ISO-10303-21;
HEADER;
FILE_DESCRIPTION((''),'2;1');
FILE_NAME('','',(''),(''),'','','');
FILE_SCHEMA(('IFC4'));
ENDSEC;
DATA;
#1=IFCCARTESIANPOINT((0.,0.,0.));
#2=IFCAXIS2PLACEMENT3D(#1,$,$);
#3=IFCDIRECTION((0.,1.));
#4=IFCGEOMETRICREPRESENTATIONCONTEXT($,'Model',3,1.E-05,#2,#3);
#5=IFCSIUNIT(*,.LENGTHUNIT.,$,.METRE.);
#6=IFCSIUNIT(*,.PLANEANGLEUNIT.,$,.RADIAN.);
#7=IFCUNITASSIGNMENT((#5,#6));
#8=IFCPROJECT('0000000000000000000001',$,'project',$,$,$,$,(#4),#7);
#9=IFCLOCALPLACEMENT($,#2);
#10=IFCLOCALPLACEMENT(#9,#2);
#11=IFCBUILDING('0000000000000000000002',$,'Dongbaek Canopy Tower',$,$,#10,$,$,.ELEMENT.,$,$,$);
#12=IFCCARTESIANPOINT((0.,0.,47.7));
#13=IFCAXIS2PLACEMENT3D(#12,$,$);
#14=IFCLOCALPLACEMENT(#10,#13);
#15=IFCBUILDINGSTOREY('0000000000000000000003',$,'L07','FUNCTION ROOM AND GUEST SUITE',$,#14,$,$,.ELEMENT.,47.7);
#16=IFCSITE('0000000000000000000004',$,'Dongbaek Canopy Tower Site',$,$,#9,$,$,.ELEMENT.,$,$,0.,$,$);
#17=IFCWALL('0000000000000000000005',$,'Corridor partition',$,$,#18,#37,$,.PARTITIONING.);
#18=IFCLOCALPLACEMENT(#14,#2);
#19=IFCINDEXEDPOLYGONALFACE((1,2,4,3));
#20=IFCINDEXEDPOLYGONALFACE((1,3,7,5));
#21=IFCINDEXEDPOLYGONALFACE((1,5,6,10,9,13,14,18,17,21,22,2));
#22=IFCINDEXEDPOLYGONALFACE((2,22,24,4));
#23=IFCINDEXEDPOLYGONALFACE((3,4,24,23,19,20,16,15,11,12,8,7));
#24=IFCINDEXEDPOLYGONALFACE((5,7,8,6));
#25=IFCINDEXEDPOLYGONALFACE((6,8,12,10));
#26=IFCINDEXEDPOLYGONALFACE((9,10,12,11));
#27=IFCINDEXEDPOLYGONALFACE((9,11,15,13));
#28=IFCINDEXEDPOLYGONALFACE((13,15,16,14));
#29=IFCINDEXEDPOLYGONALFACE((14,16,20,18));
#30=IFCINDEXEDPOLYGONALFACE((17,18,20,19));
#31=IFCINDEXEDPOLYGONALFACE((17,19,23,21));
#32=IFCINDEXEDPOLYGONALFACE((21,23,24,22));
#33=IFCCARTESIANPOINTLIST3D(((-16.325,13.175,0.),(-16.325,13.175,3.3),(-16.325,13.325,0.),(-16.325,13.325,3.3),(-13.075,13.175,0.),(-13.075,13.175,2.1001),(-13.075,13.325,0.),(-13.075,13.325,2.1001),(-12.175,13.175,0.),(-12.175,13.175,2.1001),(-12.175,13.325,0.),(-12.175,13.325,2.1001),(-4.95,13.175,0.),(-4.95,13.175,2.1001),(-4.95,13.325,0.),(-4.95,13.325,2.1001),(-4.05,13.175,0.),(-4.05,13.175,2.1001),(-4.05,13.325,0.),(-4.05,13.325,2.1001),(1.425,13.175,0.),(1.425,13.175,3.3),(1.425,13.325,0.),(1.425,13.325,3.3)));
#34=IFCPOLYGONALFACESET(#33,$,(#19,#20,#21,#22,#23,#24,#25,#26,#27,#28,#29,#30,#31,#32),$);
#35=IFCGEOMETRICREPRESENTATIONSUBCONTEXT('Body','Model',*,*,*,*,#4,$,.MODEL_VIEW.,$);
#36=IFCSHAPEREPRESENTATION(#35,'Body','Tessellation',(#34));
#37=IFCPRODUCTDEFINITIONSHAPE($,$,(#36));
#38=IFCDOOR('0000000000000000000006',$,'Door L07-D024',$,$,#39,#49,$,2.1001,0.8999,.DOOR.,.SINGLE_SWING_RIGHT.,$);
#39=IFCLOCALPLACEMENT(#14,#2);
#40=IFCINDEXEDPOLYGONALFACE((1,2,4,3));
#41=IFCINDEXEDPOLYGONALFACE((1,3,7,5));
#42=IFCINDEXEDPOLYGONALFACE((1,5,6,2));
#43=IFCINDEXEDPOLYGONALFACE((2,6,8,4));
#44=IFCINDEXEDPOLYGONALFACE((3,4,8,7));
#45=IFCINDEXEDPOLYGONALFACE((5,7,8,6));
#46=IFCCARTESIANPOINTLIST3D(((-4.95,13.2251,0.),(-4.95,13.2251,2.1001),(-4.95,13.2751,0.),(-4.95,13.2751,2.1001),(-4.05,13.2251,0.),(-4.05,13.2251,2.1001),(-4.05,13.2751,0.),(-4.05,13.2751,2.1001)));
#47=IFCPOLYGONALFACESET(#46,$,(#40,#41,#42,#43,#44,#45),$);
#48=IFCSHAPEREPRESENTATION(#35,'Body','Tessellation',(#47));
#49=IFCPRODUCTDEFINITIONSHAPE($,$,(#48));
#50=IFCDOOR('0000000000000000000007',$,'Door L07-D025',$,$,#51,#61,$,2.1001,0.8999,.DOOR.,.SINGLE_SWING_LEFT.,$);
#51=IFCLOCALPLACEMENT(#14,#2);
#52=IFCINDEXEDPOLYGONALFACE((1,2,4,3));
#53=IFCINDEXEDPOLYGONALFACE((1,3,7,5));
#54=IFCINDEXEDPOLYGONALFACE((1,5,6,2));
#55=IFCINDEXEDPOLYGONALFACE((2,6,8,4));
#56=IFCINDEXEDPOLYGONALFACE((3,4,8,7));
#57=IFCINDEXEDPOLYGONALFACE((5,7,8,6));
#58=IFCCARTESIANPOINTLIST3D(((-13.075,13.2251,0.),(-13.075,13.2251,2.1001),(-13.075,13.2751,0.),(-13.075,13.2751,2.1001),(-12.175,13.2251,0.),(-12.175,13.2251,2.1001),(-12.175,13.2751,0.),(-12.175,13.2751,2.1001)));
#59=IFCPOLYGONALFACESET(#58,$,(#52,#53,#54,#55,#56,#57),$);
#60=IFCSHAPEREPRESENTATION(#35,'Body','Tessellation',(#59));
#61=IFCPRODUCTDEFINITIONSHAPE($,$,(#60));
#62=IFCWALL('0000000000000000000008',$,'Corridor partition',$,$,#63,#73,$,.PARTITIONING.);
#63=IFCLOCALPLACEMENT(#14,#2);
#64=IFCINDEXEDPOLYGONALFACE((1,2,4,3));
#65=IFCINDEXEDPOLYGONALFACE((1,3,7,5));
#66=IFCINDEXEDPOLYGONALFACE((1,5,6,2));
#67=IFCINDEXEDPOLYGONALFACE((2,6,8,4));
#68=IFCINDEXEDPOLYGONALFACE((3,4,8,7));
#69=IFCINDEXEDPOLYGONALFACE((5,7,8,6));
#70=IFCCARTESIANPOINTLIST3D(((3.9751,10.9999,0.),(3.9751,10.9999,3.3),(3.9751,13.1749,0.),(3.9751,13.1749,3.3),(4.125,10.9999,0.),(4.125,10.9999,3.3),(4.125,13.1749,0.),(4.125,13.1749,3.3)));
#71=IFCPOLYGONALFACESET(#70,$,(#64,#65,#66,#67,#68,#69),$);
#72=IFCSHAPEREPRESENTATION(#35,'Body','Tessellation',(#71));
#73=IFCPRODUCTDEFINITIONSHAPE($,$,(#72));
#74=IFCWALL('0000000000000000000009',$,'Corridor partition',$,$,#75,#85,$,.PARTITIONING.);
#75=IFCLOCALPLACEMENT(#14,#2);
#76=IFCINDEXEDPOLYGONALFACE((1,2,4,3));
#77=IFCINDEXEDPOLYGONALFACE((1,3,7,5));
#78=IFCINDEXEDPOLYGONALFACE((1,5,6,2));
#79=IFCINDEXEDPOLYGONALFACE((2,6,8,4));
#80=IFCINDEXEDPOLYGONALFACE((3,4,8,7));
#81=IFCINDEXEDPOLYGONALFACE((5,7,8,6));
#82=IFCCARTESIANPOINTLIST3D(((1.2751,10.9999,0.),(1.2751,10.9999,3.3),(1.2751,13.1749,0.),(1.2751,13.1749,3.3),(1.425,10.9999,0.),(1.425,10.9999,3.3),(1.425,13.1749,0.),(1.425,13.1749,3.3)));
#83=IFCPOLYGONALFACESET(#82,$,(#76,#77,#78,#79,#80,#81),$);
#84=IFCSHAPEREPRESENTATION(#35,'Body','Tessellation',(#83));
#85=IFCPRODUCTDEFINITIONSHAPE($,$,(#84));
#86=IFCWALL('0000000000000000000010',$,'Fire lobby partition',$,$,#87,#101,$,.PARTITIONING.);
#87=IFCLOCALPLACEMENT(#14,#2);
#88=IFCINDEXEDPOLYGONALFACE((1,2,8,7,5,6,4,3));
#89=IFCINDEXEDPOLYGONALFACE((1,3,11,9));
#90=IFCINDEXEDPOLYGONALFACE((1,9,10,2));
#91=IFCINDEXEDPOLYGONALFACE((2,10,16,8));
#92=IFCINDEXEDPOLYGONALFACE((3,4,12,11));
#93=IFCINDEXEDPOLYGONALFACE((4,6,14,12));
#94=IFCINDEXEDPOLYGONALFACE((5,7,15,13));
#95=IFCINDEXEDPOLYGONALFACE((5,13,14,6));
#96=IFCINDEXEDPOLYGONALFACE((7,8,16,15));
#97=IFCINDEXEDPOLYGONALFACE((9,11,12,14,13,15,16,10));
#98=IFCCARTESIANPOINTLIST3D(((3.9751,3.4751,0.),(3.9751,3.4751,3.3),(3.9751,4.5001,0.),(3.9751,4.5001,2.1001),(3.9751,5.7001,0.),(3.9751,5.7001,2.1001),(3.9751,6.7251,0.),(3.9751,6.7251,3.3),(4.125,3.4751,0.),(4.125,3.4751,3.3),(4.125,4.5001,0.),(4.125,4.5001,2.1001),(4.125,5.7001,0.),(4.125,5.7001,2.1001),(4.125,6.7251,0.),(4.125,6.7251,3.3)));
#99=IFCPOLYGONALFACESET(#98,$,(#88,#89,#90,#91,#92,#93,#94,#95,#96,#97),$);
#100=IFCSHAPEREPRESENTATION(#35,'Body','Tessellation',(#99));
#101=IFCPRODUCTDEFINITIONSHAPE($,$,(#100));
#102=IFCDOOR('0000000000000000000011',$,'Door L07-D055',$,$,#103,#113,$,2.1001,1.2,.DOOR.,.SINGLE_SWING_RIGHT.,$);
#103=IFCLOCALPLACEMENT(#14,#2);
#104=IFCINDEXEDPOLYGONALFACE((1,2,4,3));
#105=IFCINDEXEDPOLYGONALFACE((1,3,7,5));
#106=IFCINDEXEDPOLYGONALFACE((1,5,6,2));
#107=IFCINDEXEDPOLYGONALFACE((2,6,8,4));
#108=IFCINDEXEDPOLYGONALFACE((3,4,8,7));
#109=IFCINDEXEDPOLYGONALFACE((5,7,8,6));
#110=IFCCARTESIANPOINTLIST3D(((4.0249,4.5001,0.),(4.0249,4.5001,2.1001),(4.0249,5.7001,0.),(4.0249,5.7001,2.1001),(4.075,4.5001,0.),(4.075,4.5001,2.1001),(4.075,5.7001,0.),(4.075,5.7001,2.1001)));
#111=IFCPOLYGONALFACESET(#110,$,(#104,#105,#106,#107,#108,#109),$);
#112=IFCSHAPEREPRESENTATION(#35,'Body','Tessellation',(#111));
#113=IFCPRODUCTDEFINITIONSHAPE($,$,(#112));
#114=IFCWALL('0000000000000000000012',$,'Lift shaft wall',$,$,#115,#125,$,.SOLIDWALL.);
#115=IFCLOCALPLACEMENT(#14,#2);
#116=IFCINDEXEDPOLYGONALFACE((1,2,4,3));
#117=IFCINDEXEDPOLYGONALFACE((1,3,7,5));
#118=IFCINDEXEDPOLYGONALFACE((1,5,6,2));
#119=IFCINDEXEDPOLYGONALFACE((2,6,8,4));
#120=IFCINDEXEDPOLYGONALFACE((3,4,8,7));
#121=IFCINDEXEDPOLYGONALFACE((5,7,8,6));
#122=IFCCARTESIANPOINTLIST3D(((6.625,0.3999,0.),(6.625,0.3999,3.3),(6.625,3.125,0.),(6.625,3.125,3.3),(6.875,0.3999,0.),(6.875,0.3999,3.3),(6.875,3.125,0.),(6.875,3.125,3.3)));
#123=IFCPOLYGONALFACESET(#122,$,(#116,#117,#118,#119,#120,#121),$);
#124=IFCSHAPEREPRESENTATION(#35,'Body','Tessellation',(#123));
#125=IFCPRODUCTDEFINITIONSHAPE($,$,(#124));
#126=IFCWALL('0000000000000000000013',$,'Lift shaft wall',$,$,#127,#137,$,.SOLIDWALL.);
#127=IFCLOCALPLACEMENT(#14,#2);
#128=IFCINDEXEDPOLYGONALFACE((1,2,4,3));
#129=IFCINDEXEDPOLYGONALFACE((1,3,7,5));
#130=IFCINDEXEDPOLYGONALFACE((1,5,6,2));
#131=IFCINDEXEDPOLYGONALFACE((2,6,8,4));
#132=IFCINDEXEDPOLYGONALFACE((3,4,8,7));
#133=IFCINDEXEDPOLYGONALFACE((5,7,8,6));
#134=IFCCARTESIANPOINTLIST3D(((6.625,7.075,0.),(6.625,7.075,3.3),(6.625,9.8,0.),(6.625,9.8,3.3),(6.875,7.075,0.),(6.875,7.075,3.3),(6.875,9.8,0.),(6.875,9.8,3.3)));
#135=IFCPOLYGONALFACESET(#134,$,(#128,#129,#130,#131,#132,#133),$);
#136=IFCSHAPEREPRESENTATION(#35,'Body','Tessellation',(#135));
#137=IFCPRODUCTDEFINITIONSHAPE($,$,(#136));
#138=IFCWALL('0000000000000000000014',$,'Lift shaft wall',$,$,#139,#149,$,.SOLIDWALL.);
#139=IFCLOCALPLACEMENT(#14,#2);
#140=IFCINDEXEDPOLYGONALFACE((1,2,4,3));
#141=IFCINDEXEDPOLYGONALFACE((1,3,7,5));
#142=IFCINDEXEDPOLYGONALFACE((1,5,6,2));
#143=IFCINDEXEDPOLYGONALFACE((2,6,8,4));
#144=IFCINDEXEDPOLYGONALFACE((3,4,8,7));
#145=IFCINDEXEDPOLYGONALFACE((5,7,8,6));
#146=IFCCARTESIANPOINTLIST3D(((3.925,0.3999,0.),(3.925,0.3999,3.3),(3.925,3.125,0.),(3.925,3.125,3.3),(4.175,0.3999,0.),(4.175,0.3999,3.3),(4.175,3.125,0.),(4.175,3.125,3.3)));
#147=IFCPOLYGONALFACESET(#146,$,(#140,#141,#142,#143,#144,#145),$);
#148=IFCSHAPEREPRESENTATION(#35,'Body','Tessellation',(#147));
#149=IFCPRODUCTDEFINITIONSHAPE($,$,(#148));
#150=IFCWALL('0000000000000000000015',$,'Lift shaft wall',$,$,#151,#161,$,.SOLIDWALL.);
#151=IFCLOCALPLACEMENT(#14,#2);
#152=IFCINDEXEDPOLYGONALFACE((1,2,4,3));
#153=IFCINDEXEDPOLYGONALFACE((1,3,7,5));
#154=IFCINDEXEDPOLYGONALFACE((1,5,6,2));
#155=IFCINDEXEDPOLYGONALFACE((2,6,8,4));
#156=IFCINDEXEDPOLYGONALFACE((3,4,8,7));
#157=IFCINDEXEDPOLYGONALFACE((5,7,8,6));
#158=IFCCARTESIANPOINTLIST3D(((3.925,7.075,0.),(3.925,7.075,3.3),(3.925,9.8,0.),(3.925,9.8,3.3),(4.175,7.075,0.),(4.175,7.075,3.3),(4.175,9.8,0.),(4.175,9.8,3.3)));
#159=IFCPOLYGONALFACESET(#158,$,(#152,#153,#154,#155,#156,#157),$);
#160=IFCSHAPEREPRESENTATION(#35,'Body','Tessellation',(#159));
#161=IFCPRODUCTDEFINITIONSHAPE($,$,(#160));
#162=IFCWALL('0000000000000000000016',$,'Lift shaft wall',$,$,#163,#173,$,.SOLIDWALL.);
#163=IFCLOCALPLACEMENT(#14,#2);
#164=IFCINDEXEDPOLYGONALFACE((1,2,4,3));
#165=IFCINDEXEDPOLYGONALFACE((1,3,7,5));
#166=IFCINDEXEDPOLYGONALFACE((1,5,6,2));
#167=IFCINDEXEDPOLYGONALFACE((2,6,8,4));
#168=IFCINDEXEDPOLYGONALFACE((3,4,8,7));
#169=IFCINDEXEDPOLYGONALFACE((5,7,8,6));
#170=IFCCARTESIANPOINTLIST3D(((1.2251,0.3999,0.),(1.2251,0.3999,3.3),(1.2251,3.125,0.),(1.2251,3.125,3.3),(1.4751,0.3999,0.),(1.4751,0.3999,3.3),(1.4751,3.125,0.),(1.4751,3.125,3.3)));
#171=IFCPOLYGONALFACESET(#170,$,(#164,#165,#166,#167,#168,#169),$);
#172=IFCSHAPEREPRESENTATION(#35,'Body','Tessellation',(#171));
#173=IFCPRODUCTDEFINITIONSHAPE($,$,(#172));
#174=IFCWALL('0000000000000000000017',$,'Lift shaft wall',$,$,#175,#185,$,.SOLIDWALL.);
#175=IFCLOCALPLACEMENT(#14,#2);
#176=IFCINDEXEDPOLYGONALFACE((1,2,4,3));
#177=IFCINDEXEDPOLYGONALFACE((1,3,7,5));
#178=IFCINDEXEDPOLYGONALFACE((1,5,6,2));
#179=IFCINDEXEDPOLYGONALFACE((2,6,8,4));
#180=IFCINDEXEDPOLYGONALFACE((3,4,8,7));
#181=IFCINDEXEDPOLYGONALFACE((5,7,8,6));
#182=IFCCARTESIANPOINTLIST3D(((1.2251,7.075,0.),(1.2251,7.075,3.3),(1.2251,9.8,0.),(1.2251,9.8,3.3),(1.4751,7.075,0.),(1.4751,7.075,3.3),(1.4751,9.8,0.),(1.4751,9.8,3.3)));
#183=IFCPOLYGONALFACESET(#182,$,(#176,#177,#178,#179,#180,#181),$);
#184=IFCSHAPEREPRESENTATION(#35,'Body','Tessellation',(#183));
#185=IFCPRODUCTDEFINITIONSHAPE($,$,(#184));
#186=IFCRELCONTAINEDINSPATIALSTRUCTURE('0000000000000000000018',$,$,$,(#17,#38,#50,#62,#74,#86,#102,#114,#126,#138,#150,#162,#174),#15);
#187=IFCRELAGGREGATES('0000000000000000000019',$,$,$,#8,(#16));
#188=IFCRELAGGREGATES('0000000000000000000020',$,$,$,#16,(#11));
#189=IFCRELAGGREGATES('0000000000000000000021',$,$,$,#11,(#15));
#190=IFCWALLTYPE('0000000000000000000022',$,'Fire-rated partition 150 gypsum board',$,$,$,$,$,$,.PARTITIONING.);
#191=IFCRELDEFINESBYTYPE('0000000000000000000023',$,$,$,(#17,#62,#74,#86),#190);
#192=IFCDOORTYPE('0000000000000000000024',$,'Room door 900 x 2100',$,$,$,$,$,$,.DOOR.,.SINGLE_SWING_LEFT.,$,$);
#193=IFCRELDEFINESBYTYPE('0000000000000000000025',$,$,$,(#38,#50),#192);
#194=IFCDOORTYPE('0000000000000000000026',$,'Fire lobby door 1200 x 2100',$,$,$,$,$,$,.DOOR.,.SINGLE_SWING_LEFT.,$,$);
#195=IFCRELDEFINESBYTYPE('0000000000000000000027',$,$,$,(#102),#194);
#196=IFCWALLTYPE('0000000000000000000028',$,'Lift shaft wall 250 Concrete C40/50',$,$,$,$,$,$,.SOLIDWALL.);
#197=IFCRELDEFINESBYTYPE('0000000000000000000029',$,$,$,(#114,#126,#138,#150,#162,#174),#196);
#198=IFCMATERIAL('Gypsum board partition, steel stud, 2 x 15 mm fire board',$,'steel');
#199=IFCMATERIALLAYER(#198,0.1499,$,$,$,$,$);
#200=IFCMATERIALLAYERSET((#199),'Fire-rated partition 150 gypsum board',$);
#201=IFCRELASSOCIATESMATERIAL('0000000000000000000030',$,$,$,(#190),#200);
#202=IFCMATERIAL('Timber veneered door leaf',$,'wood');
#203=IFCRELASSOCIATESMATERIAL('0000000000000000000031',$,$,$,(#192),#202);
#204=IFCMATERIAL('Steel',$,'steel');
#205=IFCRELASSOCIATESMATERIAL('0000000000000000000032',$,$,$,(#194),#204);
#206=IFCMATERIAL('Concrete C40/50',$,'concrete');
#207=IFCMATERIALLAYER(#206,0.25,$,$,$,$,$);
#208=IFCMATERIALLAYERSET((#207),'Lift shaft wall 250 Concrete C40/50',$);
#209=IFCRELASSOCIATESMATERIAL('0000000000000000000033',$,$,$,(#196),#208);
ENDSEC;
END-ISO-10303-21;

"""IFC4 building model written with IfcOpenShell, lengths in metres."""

from ifc_helpers import new_model, si_unit, direction, frame, frame_2d, origin, place, context, subcontext, project, spatial, rectangle, extrude, material, layer, layer_set, type_object, element, fill, save


model = new_model("IFC4")

# Units and contexts
model_context = context("Model", 3, precision=1e-05, world=origin(), true_north=direction((0.0, 1.0)))
body_context = subcontext(model_context, "Body", "Model", "MODEL_VIEW")
ifc_project = project(units=[si_unit("LENGTHUNIT", "METRE"), si_unit("PLANEANGLEUNIT", "RADIAN")], contexts=[model_context])

# Site, building, storey
site_placement = place(None, origin())
site = spatial("IfcSite", under=ifc_project, at=site_placement, Name="Dongbaek Canopy Tower Site", CompositionType="ELEMENT", RefElevation=0.0)
building_placement = place(site_placement, origin())
building = spatial("IfcBuilding", under=site, at=building_placement, Name="Dongbaek Canopy Tower", CompositionType="ELEMENT")
storey_placement = place(building_placement, frame((0.0, 0.0, 47.7)))
storey = spatial("IfcBuildingStorey", under=building, at=storey_placement, Name="L07", Description="FUNCTION ROOM AND GUEST SUITE", CompositionType="ELEMENT", Elevation=47.7)

# Wall, openings, doors
ifc_material_1 = material(Name="Gypsum board partition, steel stud, 2 x 15 mm fire board", Category="steel")
ifc_layer_1 = layer(ifc_material_1, 0.1499)
ifc_layer_set_1 = layer_set([ifc_layer_1], Name="Fire-rated partition 150 gypsum board")
wall_type_1 = type_object("IfcWallType", Name="Fire-rated partition 150 gypsum board", PredefinedType="PARTITIONING", material=ifc_layer_set_1)
wall_1_placement = place(storey_placement, frame((1.425, 13.25, 0.0), z_axis=(0.0, 0.0, 1.0), x_axis=(-1.0, 0.0, 0.0)))
wall_1 = element("IfcWall", 1, at=wall_1_placement, inside=storey, type_object=wall_type_1, Name="Corridor partition", PredefinedType="PARTITIONING", context=body_context, shape_type="SweptSolid", body=[
    extrude(rectangle(XDim=17.75, YDim=0.1499, at=frame_2d((8.875, 0.0))), origin(), (0.0, 0.0, 1.0), 3.3),
])
opening_1_placement = place(wall_1_placement, frame((5.4751, 0.0, 0.0)))
opening_1 = element("IfcOpeningElement", 2, at=opening_1_placement, cuts=wall_1, PredefinedType="OPENING", context=body_context, shape_type="SweptSolid", body=[
    extrude(rectangle(XDim=0.8999, YDim=2.1001, at=frame_2d((0.45, 1.05))), frame((0.0, 0.085, 0.0), z_axis=(0.0, -1.0, 0.0), x_axis=(1.0, 0.0, 0.0)), (0.0, 0.0, 1.0), 0.1699),
])
opening_2_placement = place(wall_1_placement, frame((13.6001, 0.0, 0.0)))
opening_2 = element("IfcOpeningElement", 3, at=opening_2_placement, cuts=wall_1, PredefinedType="OPENING", context=body_context, shape_type="SweptSolid", body=[
    extrude(rectangle(XDim=0.8999, YDim=2.1001, at=frame_2d((0.45, 1.05))), frame((0.0, 0.085, 0.0), z_axis=(0.0, -1.0, 0.0), x_axis=(1.0, 0.0, 0.0)), (0.0, 0.0, 1.0), 0.1699),
])
ifc_material_2 = material(Name="Timber veneered door leaf", Category="wood")
door_type_1 = type_object("IfcDoorType", Name="Room door 900 x 2100", OperationType="SINGLE_SWING_LEFT", PredefinedType="DOOR", material=ifc_material_2)
door_1_placement = place(opening_1_placement, origin())
door_1 = element("IfcDoor", 4, at=door_1_placement, inside=storey, type_object=door_type_1, Name="Door L07-D024", OperationType="SINGLE_SWING_RIGHT", OverallHeight=2.1001, OverallWidth=0.8999, PredefinedType="DOOR", context=body_context, shape_type="SweptSolid", body=[
    extrude(rectangle(XDim=0.8999, YDim=2.1001, at=frame_2d((0.45, 1.05))), frame((0.0, 0.0249, 0.0), z_axis=(0.0, -1.0, 0.0), x_axis=(1.0, 0.0, 0.0)), (0.0, 0.0, 1.0), 0.05),
])
fill(opening_1, door_1)
door_2_placement = place(opening_2_placement, origin())
door_2 = element("IfcDoor", 5, at=door_2_placement, inside=storey, type_object=door_type_1, Name="Door L07-D025", OperationType="SINGLE_SWING_LEFT", OverallHeight=2.1001, OverallWidth=0.8999, PredefinedType="DOOR", context=body_context, shape_type="SweptSolid", body=[
    extrude(rectangle(XDim=0.8999, YDim=2.1001, at=frame_2d((0.45, 1.05))), frame((0.0, 0.0249, 0.0), z_axis=(0.0, -1.0, 0.0), x_axis=(1.0, 0.0, 0.0)), (0.0, 0.0, 1.0), 0.05),
])
fill(opening_2, door_2)

# Walls
for number, where, z_axis, x_axis, name in (
    (6, (4.05, 11.0, 0.0), (0.0, 0.0, 1.0), (0.0, 1.0, 0.0), "Corridor partition"),
    (7, (1.3501, 11.0, 0.0), (0.0, 0.0, 1.0), (0.0, 1.0, 0.0), "Corridor partition"),
):
    element("IfcWall", number, at=place(storey_placement, frame(where, z_axis=z_axis, x_axis=x_axis)), inside=storey, type_object=wall_type_1, Name=name, PredefinedType="PARTITIONING", context=body_context, shape_type="SweptSolid", body=[
        extrude(rectangle(XDim=2.175, YDim=0.1499, at=frame_2d((1.0874, 0.0))), origin(), (0.0, 0.0, 1.0), 3.3),
    ])

# Wall, opening, door
wall_2_placement = place(storey_placement, frame((4.05, 6.7251, 0.0), z_axis=(0.0, 0.0, 1.0), x_axis=(0.0, -1.0, 0.0)))
wall_2 = element("IfcWall", 8, at=wall_2_placement, inside=storey, type_object=wall_type_1, Name="Fire lobby partition", PredefinedType="PARTITIONING", context=body_context, shape_type="SweptSolid", body=[
    extrude(rectangle(XDim=3.25, YDim=0.1499, at=frame_2d((1.625, 0.0))), origin(), (0.0, 0.0, 1.0), 3.3),
])
opening_3_placement = place(wall_2_placement, frame((1.0249, 0.0, 0.0)))
opening_3 = element("IfcOpeningElement", 9, at=opening_3_placement, cuts=wall_2, PredefinedType="OPENING", context=body_context, shape_type="SweptSolid", body=[
    extrude(rectangle(XDim=1.2, YDim=2.1001, at=frame_2d((0.6001, 1.05))), frame((0.0, 0.085, 0.0), z_axis=(0.0, -1.0, 0.0), x_axis=(1.0, 0.0, 0.0)), (0.0, 0.0, 1.0), 0.1699),
])
ifc_material_3 = material(Name="Steel", Category="steel")
door_type_2 = type_object("IfcDoorType", Name="Fire lobby door 1200 x 2100", OperationType="SINGLE_SWING_LEFT", PredefinedType="DOOR", material=ifc_material_3)
door_3_placement = place(opening_3_placement, origin())
door_3 = element("IfcDoor", 10, at=door_3_placement, inside=storey, type_object=door_type_2, Name="Door L07-D055", OperationType="SINGLE_SWING_RIGHT", OverallHeight=2.1001, OverallWidth=1.2, PredefinedType="DOOR", context=body_context, shape_type="SweptSolid", body=[
    extrude(rectangle(XDim=1.2, YDim=2.1001, at=frame_2d((0.6001, 1.05))), frame((0.0, 0.0249, 0.0), z_axis=(0.0, -1.0, 0.0), x_axis=(1.0, 0.0, 0.0)), (0.0, 0.0, 1.0), 0.05),
])
fill(opening_3, door_3)

# Walls
ifc_material_4 = material(Name="Concrete C40/50", Category="concrete")
ifc_layer_2 = layer(ifc_material_4, 0.25)
ifc_layer_set_2 = layer_set([ifc_layer_2], Name="Lift shaft wall 250 Concrete C40/50")
wall_type_2 = type_object("IfcWallType", Name="Lift shaft wall 250 Concrete C40/50", PredefinedType="SOLIDWALL", material=ifc_layer_set_2)
for number, where, z_axis, x_axis, name in (
    (11, (6.75, 0.3999, 0.0), (0.0, 0.0, 1.0), (0.0, 1.0, 0.0), "Lift shaft wall"),
    (12, (6.75, 7.075, 0.0), (0.0, 0.0, 1.0), (0.0, 1.0, 0.0), "Lift shaft wall"),
    (13, (4.05, 0.3999, 0.0), (0.0, 0.0, 1.0), (0.0, 1.0, 0.0), "Lift shaft wall"),
    (14, (4.05, 7.075, 0.0), (0.0, 0.0, 1.0), (0.0, 1.0, 0.0), "Lift shaft wall"),
    (15, (1.3501, 0.3999, 0.0), (0.0, 0.0, 1.0), (0.0, 1.0, 0.0), "Lift shaft wall"),
    (16, (1.3501, 7.075, 0.0), (0.0, 0.0, 1.0), (0.0, 1.0, 0.0), "Lift shaft wall"),
):
    element("IfcWall", number, at=place(storey_placement, frame(where, z_axis=z_axis, x_axis=x_axis)), inside=storey, type_object=wall_type_2, Name=name, PredefinedType="SOLIDWALL", context=body_context, shape_type="SweptSolid", body=[
        extrude(rectangle(XDim=2.7251, YDim=0.25, at=frame_2d((1.3625, 0.0))), origin(), (0.0, 0.0, 1.0), 3.3),
    ])

save(model, "model.ifc")
